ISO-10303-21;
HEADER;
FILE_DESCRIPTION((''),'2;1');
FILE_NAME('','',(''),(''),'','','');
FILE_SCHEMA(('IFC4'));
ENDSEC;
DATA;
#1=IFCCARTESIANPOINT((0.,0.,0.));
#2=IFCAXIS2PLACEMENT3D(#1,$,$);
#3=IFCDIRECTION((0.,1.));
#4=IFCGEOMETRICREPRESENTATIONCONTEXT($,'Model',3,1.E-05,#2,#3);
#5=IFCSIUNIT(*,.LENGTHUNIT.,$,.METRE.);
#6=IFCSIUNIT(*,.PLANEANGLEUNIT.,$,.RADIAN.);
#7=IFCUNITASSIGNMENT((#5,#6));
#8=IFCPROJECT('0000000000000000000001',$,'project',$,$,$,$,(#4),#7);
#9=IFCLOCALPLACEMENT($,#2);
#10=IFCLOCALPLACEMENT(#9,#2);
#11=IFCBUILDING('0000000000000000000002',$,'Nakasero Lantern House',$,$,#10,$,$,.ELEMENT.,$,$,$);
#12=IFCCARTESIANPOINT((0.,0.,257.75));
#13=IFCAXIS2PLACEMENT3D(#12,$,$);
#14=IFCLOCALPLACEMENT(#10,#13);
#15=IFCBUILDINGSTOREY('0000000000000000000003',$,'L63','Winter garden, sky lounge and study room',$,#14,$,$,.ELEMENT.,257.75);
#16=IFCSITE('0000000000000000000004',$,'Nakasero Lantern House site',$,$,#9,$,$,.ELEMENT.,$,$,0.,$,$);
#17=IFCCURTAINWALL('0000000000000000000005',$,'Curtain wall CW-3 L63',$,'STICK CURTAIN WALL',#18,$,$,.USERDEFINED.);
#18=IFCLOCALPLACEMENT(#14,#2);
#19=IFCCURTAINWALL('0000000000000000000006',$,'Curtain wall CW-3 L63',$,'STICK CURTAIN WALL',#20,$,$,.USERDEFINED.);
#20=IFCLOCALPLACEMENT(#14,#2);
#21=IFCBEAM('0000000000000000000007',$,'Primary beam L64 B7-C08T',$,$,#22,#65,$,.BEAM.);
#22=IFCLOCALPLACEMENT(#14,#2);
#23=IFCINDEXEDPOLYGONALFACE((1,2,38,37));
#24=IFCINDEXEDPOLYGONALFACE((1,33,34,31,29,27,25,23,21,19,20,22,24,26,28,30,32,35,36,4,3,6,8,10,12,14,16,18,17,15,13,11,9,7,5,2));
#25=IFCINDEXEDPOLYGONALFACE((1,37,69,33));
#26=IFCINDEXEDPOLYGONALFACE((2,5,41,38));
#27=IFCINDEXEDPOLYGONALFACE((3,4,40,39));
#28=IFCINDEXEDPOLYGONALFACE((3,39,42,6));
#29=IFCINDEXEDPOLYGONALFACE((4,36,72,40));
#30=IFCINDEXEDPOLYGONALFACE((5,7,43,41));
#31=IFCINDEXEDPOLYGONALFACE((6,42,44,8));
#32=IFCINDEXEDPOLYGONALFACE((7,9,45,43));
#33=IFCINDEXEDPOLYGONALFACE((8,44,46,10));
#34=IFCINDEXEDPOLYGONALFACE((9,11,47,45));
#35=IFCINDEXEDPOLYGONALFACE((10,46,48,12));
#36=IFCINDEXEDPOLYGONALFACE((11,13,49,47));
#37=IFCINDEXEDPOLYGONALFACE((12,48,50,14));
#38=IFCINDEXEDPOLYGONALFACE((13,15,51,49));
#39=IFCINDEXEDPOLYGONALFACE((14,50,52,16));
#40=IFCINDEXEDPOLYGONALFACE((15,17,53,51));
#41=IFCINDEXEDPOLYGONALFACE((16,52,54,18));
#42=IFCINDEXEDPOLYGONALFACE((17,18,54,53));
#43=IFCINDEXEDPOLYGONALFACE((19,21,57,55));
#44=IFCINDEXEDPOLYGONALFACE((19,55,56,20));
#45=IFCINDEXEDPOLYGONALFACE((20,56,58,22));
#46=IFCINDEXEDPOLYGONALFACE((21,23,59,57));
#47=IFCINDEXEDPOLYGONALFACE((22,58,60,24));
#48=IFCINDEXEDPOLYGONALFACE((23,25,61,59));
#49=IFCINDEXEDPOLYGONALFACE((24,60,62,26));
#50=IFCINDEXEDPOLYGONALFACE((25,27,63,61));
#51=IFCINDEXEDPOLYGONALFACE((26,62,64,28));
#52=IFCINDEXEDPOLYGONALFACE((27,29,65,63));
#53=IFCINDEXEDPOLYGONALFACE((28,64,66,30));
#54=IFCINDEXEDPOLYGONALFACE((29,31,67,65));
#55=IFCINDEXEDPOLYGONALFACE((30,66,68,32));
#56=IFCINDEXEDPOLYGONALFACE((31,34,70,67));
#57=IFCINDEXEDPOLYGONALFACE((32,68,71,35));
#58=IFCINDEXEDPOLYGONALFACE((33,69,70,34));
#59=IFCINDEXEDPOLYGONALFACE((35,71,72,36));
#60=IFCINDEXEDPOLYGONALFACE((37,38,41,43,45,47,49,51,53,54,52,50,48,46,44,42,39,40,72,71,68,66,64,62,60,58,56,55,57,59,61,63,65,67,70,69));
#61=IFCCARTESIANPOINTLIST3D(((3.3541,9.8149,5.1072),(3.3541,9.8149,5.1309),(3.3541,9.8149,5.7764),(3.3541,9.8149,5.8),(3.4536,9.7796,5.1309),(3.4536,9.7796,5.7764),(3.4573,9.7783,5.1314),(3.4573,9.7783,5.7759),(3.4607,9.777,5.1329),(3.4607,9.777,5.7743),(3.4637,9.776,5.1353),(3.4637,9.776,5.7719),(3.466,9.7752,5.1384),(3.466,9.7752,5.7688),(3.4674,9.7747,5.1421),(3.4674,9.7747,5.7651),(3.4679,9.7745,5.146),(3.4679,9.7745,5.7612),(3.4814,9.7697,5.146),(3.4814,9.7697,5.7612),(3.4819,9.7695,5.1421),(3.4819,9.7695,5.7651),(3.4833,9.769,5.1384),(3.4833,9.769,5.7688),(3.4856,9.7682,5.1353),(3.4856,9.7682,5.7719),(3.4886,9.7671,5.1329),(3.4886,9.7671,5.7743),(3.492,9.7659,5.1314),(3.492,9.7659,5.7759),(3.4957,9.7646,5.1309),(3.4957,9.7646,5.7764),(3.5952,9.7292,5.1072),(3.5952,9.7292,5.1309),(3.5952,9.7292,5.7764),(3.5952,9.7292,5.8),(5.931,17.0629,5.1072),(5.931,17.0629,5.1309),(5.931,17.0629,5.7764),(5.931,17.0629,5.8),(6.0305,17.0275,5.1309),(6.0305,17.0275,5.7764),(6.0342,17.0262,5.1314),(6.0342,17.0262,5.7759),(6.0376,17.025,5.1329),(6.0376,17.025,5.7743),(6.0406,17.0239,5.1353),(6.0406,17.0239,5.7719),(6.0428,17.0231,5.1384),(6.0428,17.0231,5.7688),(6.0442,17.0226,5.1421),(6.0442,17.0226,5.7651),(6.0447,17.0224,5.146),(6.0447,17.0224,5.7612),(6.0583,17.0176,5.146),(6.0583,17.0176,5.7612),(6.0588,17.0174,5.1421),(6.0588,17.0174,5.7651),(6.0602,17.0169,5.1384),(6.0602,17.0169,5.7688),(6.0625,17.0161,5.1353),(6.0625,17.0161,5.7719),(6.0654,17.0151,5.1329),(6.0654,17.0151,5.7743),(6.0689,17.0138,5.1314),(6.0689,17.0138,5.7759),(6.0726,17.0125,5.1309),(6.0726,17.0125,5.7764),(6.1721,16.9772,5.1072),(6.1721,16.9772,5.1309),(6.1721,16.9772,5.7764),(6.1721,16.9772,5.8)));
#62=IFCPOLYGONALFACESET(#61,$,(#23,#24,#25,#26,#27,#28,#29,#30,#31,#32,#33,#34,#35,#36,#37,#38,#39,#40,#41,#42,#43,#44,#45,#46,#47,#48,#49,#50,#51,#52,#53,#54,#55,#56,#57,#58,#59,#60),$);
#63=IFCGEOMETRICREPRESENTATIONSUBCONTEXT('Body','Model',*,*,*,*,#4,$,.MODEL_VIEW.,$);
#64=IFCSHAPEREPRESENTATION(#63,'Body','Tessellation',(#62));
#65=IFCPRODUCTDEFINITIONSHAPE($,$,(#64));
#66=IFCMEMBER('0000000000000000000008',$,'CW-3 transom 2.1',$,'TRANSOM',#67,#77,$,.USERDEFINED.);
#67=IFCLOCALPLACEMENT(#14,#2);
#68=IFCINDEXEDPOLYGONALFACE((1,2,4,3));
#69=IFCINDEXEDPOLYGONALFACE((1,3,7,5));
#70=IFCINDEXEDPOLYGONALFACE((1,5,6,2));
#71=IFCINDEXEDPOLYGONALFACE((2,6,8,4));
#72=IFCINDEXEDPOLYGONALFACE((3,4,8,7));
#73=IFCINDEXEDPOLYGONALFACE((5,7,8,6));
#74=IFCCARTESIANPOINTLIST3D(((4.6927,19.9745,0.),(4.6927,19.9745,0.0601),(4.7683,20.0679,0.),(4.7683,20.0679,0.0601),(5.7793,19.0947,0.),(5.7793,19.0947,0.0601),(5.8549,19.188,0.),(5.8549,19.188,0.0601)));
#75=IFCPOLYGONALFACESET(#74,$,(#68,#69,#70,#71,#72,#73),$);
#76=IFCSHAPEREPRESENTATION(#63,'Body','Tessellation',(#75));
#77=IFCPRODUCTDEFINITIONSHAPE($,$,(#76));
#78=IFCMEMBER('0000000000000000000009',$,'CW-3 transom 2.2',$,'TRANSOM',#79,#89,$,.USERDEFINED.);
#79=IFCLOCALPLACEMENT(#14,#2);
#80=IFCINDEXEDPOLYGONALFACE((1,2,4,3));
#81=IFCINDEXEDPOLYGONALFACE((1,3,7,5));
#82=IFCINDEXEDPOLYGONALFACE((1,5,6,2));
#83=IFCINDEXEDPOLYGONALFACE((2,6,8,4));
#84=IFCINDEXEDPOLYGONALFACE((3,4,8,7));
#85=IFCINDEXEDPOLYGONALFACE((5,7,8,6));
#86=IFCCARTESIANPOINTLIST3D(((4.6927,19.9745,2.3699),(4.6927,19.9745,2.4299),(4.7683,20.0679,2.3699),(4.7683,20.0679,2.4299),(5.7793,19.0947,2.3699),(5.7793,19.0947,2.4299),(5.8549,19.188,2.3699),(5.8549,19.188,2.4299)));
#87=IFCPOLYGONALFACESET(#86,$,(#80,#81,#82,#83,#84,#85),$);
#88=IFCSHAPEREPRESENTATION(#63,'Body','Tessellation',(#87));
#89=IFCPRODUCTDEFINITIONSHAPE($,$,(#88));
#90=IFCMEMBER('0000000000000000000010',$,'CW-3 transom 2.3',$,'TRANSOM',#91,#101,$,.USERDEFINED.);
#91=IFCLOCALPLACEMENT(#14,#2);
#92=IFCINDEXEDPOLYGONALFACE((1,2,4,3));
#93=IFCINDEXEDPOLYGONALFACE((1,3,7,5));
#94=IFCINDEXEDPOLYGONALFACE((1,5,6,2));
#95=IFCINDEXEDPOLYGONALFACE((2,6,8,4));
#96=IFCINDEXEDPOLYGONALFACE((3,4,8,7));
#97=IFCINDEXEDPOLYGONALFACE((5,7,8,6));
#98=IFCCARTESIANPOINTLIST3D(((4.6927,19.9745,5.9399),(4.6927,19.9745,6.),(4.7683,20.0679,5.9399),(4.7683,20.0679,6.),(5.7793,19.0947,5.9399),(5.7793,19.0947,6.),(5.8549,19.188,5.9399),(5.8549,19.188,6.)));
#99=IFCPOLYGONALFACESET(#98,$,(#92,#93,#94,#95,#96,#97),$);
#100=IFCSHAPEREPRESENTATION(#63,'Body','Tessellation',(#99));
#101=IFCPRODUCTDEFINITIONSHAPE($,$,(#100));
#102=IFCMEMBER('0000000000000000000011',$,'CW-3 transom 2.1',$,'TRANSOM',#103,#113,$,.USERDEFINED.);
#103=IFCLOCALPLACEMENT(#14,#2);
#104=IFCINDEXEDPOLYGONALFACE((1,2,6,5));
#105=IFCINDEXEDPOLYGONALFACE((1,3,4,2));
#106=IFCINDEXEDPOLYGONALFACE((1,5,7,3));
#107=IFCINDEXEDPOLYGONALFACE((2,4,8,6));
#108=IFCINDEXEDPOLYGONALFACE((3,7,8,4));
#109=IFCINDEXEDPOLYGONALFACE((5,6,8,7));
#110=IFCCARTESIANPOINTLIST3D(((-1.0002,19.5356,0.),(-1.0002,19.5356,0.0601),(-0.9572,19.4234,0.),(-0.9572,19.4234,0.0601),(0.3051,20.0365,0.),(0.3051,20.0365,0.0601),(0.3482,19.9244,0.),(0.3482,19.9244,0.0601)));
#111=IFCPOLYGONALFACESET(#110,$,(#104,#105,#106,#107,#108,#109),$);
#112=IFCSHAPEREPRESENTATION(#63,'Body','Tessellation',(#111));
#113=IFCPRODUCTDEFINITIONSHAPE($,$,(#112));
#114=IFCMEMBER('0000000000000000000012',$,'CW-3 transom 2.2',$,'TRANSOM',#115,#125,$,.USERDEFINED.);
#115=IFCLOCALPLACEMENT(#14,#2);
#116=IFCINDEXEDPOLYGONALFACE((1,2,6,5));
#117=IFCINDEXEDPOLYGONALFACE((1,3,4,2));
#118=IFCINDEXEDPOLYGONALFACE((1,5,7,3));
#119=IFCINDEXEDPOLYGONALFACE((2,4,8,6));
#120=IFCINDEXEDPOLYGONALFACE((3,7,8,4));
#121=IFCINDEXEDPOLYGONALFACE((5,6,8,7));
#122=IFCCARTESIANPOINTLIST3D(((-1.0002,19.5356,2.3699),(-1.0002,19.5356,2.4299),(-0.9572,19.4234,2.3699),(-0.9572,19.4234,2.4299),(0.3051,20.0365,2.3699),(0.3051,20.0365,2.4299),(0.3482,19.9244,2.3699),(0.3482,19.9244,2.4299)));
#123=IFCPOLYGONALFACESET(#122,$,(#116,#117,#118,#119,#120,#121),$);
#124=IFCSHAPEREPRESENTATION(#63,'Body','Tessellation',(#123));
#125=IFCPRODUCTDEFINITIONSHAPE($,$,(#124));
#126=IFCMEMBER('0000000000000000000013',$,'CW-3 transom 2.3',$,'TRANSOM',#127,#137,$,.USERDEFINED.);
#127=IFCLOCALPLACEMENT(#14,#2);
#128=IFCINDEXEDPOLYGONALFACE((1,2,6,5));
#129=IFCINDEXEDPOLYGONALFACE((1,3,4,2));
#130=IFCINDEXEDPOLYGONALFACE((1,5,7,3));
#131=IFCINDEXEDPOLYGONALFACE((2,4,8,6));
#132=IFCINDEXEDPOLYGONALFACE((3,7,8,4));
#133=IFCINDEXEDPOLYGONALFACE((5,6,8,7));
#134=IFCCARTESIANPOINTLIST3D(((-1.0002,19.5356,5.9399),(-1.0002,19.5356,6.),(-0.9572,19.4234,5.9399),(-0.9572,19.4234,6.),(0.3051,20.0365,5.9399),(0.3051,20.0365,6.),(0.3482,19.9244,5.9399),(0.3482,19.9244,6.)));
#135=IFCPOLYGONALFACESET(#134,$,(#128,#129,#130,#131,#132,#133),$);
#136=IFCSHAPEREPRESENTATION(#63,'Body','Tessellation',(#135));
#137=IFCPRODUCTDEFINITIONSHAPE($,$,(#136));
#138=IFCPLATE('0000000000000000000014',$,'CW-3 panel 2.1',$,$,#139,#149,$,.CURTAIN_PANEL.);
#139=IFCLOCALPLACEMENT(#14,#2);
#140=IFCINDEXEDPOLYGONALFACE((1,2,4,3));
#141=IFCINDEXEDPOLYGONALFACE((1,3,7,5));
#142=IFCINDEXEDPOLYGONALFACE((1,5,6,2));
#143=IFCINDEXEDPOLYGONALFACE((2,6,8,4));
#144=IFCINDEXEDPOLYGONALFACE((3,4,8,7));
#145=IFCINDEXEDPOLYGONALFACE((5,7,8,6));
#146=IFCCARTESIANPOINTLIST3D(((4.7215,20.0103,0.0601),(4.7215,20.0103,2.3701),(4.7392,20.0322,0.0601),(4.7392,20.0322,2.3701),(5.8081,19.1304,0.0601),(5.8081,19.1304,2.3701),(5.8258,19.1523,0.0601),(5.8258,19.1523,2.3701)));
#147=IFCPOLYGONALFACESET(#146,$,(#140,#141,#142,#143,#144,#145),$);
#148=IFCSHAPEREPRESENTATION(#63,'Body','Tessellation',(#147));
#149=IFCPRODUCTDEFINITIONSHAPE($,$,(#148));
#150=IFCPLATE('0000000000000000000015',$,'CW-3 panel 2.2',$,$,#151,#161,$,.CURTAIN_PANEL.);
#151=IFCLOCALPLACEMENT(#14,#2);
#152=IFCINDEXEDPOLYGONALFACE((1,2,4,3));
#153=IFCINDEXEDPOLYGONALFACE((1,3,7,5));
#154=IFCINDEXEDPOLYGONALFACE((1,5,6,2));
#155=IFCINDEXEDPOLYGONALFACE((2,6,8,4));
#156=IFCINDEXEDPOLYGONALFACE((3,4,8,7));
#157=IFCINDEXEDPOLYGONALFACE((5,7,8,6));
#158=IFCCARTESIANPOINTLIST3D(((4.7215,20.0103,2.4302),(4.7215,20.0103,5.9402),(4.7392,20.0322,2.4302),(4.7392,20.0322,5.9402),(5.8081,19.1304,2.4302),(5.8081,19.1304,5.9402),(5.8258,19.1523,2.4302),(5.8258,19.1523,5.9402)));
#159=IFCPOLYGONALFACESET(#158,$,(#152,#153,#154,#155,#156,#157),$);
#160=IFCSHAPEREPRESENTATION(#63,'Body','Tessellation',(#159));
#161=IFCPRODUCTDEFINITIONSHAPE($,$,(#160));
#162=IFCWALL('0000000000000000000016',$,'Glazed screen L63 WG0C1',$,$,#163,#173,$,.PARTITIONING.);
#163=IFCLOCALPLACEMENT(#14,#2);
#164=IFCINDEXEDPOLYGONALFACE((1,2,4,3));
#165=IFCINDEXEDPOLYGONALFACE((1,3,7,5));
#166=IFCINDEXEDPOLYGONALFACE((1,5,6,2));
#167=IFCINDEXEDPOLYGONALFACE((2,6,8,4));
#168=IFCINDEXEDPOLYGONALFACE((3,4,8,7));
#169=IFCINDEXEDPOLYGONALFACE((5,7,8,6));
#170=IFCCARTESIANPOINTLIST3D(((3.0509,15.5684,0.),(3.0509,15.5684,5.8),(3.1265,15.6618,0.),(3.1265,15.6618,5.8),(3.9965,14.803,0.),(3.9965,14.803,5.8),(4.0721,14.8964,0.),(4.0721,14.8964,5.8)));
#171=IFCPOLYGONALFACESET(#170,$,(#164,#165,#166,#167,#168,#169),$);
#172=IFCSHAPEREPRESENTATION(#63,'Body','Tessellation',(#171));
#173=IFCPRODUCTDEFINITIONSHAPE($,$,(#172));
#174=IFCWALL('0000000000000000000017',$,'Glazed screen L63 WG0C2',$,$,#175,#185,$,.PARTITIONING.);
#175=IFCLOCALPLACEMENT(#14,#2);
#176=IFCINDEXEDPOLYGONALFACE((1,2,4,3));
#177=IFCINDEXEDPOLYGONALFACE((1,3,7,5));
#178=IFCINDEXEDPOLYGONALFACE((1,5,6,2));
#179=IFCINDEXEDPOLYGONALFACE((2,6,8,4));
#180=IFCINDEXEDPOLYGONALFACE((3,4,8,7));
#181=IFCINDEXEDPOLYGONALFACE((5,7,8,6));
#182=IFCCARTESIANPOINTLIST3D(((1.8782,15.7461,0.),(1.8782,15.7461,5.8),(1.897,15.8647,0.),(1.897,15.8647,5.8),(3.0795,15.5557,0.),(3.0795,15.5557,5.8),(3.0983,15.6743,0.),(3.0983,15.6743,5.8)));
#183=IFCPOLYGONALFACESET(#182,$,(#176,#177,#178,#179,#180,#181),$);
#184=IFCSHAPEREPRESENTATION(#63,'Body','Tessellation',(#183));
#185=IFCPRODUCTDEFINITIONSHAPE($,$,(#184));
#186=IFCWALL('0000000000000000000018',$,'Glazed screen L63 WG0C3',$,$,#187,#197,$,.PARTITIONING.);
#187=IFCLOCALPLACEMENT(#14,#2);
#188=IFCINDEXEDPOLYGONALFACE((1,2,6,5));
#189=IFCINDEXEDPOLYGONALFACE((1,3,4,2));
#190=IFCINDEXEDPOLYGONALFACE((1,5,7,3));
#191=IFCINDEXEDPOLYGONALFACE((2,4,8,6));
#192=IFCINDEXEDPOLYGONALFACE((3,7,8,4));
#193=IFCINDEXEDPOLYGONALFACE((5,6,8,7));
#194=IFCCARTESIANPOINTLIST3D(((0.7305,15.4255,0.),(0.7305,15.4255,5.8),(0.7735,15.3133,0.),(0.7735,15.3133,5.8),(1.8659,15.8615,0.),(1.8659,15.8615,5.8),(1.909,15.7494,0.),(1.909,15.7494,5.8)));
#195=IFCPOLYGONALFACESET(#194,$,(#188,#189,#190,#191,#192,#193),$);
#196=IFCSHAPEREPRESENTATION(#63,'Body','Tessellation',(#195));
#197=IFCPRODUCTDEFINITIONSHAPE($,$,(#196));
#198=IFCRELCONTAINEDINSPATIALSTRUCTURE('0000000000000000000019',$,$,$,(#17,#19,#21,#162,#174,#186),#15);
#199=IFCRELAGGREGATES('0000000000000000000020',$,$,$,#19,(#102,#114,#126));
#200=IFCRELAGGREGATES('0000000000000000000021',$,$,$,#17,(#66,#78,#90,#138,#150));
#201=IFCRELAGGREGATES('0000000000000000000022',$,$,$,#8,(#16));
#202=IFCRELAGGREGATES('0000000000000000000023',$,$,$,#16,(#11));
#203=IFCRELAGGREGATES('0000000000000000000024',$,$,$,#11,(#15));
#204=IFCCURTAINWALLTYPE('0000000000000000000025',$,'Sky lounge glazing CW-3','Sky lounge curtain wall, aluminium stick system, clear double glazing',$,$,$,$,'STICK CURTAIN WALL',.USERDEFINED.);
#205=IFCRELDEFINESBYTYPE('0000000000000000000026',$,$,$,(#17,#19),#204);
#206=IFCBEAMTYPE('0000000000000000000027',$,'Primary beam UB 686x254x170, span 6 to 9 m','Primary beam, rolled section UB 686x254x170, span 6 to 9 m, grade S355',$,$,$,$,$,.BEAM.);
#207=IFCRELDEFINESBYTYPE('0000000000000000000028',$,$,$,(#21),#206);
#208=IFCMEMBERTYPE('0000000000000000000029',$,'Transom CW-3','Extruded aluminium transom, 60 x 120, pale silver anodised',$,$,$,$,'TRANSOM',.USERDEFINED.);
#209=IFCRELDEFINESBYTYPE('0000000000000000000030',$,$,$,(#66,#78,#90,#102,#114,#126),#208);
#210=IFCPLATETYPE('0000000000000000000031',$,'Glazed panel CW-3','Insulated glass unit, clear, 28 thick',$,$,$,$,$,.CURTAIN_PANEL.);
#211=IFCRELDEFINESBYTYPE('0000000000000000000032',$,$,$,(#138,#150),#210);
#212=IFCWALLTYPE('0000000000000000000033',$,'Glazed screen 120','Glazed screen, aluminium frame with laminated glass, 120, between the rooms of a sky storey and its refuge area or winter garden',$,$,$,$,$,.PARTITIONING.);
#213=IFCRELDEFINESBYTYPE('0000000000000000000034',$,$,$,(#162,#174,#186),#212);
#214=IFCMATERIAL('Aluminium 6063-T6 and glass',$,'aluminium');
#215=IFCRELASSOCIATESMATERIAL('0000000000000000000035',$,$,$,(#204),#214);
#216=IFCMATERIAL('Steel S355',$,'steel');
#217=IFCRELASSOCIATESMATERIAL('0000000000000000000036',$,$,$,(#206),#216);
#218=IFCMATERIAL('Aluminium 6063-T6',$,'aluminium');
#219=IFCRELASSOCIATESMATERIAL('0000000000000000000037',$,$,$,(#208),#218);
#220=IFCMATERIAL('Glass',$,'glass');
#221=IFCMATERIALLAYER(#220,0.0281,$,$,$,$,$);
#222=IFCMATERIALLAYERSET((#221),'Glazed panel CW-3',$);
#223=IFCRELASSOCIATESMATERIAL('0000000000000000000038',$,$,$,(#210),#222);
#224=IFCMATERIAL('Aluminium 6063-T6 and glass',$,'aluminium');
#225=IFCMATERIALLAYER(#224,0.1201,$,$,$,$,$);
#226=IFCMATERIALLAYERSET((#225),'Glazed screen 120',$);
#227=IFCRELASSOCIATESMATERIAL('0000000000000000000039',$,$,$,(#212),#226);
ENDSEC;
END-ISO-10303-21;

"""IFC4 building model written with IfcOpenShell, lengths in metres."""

from ifc_helpers import new_model, si_unit, direction, frame, frame_2d, origin, origin_2d, place, context, subcontext, project, spatial, rectangle, i_section, extrude, material, layer, layer_set, material_profile, profile_set, type_object, element, aggregate, save


model = new_model("IFC4")

# Units and contexts
model_context = context("Model", 3, precision=1e-05, world=origin(), true_north=direction((0.0, 1.0)))
body_context = subcontext(model_context, "Body", "Model", "MODEL_VIEW")
ifc_project = project(units=[si_unit("LENGTHUNIT", "METRE"), si_unit("PLANEANGLEUNIT", "RADIAN")], contexts=[model_context])

# Site, building, storey
site_placement = place(None, origin())
site = spatial("IfcSite", under=ifc_project, at=site_placement, Name="Nakasero Lantern House site", CompositionType="ELEMENT", RefElevation=0.0)
building_placement = place(site_placement, origin())
building = spatial("IfcBuilding", under=site, at=building_placement, Name="Nakasero Lantern House", CompositionType="ELEMENT")
storey_placement = place(building_placement, frame((0.0, 0.0, 257.75)))
storey = spatial("IfcBuildingStorey", under=building, at=storey_placement, Name="L63", Description="Winter garden, sky lounge and study room", CompositionType="ELEMENT", Elevation=257.75)

# Curtain wall
ifc_material_1 = material(Name="Aluminium 6063-T6 and glass", Category="aluminium")
curtain_wall_type = type_object("IfcCurtainWallType", Name="Sky lounge glazing CW-3", Description="Sky lounge curtain wall, aluminium stick system, clear double glazing", ElementType="STICK CURTAIN WALL", PredefinedType="USERDEFINED", material=ifc_material_1)
curtain_wall_1_placement = place(storey_placement, origin())
curtain_wall_1 = element("IfcCurtainWall", 1, at=curtain_wall_1_placement, inside=storey, type_object=curtain_wall_type, Name="Curtain wall CW-3 L63", ObjectType="STICK CURTAIN WALL", PredefinedType="USERDEFINED")

# Curtain wall
curtain_wall_2_placement = place(storey_placement, origin())
curtain_wall_2 = element("IfcCurtainWall", 2, at=curtain_wall_2_placement, inside=storey, type_object=curtain_wall_type, Name="Curtain wall CW-3 L63", ObjectType="STICK CURTAIN WALL", PredefinedType="USERDEFINED")

# Beam
ifc_material_2 = material(Name="Steel S355", Category="steel")
ifc_material_profile_1 = material_profile(ifc_material_2, i_section(OverallWidth=0.2559, OverallDepth=0.6929, WebThickness=0.0144, FlangeThickness=0.0237, FilletRadius=0.0151, at=origin_2d()), Name="UB 686x254x170")
ifc_profile_set_1 = profile_set([ifc_material_profile_1], Name="Steel S355")
beam_type_1 = type_object("IfcBeamType", Name="Primary beam UB 686x254x170, span 6 to 9 m", Description="Primary beam, rolled section UB 686x254x170, span 6 to 9 m, grade S355", PredefinedType="BEAM", material=ifc_profile_set_1)
beam_1_placement = place(storey_placement, frame((6.0515, 17.02, 5.4536), z_axis=(-0.334989, -0.942222, 0.0), x_axis=(0.942222, -0.334989, 0.0)))
element("IfcBeam", 3, at=beam_1_placement, inside=storey, type_object=beam_type_1, Name="Primary beam L64 B7-C08T", PredefinedType="BEAM", context=body_context, shape_type="SweptSolid", body=[
    extrude(i_section(OverallWidth=0.2559, OverallDepth=0.6929, WebThickness=0.0144, FlangeThickness=0.0237, FilletRadius=0.0151, at=origin_2d()), origin(), (0.0, 0.0, 1.0), 7.6924),
])

# Members
ifc_material_3 = material(Name="Aluminium 6063-T6", Category="aluminium")
ifc_material_profile_2 = material_profile(ifc_material_3, rectangle(XDim=0.0601, YDim=0.1201, at=origin_2d()), Name="CW-3 transom 60x120")
ifc_profile_set_2 = profile_set([ifc_material_profile_2], Name="Aluminium 6063-T6")
member_type_1 = type_object("IfcMemberType", Name="Transom CW-3", Description="Extruded aluminium transom, 60 x 120, pale silver anodised", ElementType="TRANSOM", PredefinedType="USERDEFINED", material=ifc_profile_set_2)
member_1_placement = place(storey_placement, frame((5.8171, 19.1414, 0.03), z_axis=(-0.777176, 0.629284, 0.0), x_axis=(0.0, 0.0, 1.0)))
member_1 = element("IfcMember", 4, at=member_1_placement, type_object=member_type_1, Name="CW-3 transom 2.1", ObjectType="TRANSOM", PredefinedType="USERDEFINED", context=body_context, shape_type="SweptSolid", body=[
    extrude(rectangle(XDim=0.0601, YDim=0.1201, at=origin_2d()), origin(), (0.0, 0.0, 1.0), 1.3982),
])
member_2_placement = place(storey_placement, frame((5.8171, 19.1414, 2.3999), z_axis=(-0.777176, 0.629284, 0.0), x_axis=(0.0, 0.0, 1.0)))
member_2 = element("IfcMember", 5, at=member_2_placement, type_object=member_type_1, Name="CW-3 transom 2.2", ObjectType="TRANSOM", PredefinedType="USERDEFINED", context=body_context, shape_type="SweptSolid", body=[
    extrude(rectangle(XDim=0.0601, YDim=0.1201, at=origin_2d()), origin(), (0.0, 0.0, 1.0), 1.3982),
])
member_3_placement = place(storey_placement, frame((5.8171, 19.1414, 5.97), z_axis=(-0.777176, 0.629284, 0.0), x_axis=(0.0, 0.0, 1.0)))
member_3 = element("IfcMember", 6, at=member_3_placement, type_object=member_type_1, Name="CW-3 transom 2.3", ObjectType="TRANSOM", PredefinedType="USERDEFINED", context=body_context, shape_type="SweptSolid", body=[
    extrude(rectangle(XDim=0.0601, YDim=0.1201, at=origin_2d()), origin(), (0.0, 0.0, 1.0), 1.3982),
])
member_4_placement = place(storey_placement, frame((0.3267, 19.9805, 0.03), z_axis=(-0.933611, -0.358289, 0.0), x_axis=(0.0, 0.0, 1.0)))
member_4 = element("IfcMember", 7, at=member_4_placement, type_object=member_type_1, Name="CW-3 transom 2.1", ObjectType="TRANSOM", PredefinedType="USERDEFINED", context=body_context, shape_type="SweptSolid", body=[
    extrude(rectangle(XDim=0.0601, YDim=0.1201, at=origin_2d()), origin(), (0.0, 0.0, 1.0), 1.3982),
])
member_5_placement = place(storey_placement, frame((0.3267, 19.9805, 2.3999), z_axis=(-0.933611, -0.358289, 0.0), x_axis=(0.0, 0.0, 1.0)))
member_5 = element("IfcMember", 8, at=member_5_placement, type_object=member_type_1, Name="CW-3 transom 2.2", ObjectType="TRANSOM", PredefinedType="USERDEFINED", context=body_context, shape_type="SweptSolid", body=[
    extrude(rectangle(XDim=0.0601, YDim=0.1201, at=origin_2d()), origin(), (0.0, 0.0, 1.0), 1.3982),
])
member_6_placement = place(storey_placement, frame((0.3267, 19.9805, 5.97), z_axis=(-0.933611, -0.358289, 0.0), x_axis=(0.0, 0.0, 1.0)))
member_6 = element("IfcMember", 9, at=member_6_placement, type_object=member_type_1, Name="CW-3 transom 2.3", ObjectType="TRANSOM", PredefinedType="USERDEFINED", context=body_context, shape_type="SweptSolid", body=[
    extrude(rectangle(XDim=0.0601, YDim=0.1201, at=origin_2d()), origin(), (0.0, 0.0, 1.0), 1.3982),
])
aggregate(curtain_wall_2, [member_4, member_5, member_6])

# Plates
ifc_material_4 = material(Name="Glass", Category="glass")
ifc_layer_1 = layer(ifc_material_4, 0.0281)
ifc_layer_set_1 = layer_set([ifc_layer_1], Name="Glazed panel CW-3")
plate_type = type_object("IfcPlateType", Name="Glazed panel CW-3", Description="Insulated glass unit, clear, 28 thick", PredefinedType="CURTAIN_PANEL", material=ifc_layer_set_1)
plate_1_placement = place(storey_placement, frame((5.2737, 19.5813, 0.0601), z_axis=(0.0, 0.0, 1.0), x_axis=(-0.777146, 0.62932, 0.0)))
plate_1 = element("IfcPlate", 10, at=plate_1_placement, type_object=plate_type, Name="CW-3 panel 2.1", PredefinedType="CURTAIN_PANEL", context=body_context, shape_type="SweptSolid", body=[
    extrude(rectangle(XDim=1.3982, YDim=0.0281, at=origin_2d()), origin(), (0.0, 0.0, 1.0), 2.3101),
])
plate_2_placement = place(storey_placement, frame((5.2737, 19.5813, 2.4302), z_axis=(0.0, 0.0, 1.0), x_axis=(-0.777146, 0.62932, 0.0)))
plate_2 = element("IfcPlate", 11, at=plate_2_placement, type_object=plate_type, Name="CW-3 panel 2.2", PredefinedType="CURTAIN_PANEL", context=body_context, shape_type="SweptSolid", body=[
    extrude(rectangle(XDim=1.3982, YDim=0.0281, at=origin_2d()), origin(), (0.0, 0.0, 1.0), 3.51),
])
aggregate(curtain_wall_1, [member_1, member_2, member_3, plate_1, plate_2])

# Walls
ifc_material_5 = material(Name="Aluminium 6063-T6 and glass", Category="aluminium")
ifc_layer_2 = layer(ifc_material_5, 0.1201)
ifc_layer_set_2 = layer_set([ifc_layer_2], Name="Glazed screen 120")
wall_type = type_object("IfcWallType", Name="Glazed screen 120", Description="Glazed screen, aluminium frame with laminated glass, 120, between the rooms of a sky storey and its refuge area or winter garden", PredefinedType="PARTITIONING", material=ifc_layer_set_2)
wall_1_placement = place(storey_placement, frame((4.0344, 14.8496, 0.0), z_axis=(0.0, 0.0, 1.0), x_axis=(-0.777273, 0.629164, 0.0)))
element("IfcWall", 12, at=wall_1_placement, inside=storey, type_object=wall_type, Name="Glazed screen L63 WG0C1", PredefinedType="PARTITIONING", context=body_context, shape_type="SweptSolid", body=[
    extrude(rectangle(XDim=1.2166, YDim=0.1201, at=frame_2d((0.6084, 0.0))), origin(), (0.0, 0.0, 1.0), 5.8),
])
for number, where, z_axis, x_axis, name in (
    (13, (3.0889, 15.615, 0.0), (0.0, 0.0, 1.0), (-0.98767, 0.15655, 0.0), "Glazed screen L63 WG0C2"),
    (14, (1.8875, 15.8054, 0.0), (0.0, 0.0, 1.0), (-0.933537, -0.358481, 0.0), "Glazed screen L63 WG0C3"),
):
    element("IfcWall", number, at=place(storey_placement, frame(where, z_axis=z_axis, x_axis=x_axis)), inside=storey, type_object=wall_type, Name=name, PredefinedType="PARTITIONING", context=body_context, shape_type="SweptSolid", body=[
        extrude(rectangle(XDim=1.2163, YDim=0.1201, at=frame_2d((0.6082, 0.0))), origin(), (0.0, 0.0, 1.0), 5.8),
    ])

save(model, "model.ifc")
